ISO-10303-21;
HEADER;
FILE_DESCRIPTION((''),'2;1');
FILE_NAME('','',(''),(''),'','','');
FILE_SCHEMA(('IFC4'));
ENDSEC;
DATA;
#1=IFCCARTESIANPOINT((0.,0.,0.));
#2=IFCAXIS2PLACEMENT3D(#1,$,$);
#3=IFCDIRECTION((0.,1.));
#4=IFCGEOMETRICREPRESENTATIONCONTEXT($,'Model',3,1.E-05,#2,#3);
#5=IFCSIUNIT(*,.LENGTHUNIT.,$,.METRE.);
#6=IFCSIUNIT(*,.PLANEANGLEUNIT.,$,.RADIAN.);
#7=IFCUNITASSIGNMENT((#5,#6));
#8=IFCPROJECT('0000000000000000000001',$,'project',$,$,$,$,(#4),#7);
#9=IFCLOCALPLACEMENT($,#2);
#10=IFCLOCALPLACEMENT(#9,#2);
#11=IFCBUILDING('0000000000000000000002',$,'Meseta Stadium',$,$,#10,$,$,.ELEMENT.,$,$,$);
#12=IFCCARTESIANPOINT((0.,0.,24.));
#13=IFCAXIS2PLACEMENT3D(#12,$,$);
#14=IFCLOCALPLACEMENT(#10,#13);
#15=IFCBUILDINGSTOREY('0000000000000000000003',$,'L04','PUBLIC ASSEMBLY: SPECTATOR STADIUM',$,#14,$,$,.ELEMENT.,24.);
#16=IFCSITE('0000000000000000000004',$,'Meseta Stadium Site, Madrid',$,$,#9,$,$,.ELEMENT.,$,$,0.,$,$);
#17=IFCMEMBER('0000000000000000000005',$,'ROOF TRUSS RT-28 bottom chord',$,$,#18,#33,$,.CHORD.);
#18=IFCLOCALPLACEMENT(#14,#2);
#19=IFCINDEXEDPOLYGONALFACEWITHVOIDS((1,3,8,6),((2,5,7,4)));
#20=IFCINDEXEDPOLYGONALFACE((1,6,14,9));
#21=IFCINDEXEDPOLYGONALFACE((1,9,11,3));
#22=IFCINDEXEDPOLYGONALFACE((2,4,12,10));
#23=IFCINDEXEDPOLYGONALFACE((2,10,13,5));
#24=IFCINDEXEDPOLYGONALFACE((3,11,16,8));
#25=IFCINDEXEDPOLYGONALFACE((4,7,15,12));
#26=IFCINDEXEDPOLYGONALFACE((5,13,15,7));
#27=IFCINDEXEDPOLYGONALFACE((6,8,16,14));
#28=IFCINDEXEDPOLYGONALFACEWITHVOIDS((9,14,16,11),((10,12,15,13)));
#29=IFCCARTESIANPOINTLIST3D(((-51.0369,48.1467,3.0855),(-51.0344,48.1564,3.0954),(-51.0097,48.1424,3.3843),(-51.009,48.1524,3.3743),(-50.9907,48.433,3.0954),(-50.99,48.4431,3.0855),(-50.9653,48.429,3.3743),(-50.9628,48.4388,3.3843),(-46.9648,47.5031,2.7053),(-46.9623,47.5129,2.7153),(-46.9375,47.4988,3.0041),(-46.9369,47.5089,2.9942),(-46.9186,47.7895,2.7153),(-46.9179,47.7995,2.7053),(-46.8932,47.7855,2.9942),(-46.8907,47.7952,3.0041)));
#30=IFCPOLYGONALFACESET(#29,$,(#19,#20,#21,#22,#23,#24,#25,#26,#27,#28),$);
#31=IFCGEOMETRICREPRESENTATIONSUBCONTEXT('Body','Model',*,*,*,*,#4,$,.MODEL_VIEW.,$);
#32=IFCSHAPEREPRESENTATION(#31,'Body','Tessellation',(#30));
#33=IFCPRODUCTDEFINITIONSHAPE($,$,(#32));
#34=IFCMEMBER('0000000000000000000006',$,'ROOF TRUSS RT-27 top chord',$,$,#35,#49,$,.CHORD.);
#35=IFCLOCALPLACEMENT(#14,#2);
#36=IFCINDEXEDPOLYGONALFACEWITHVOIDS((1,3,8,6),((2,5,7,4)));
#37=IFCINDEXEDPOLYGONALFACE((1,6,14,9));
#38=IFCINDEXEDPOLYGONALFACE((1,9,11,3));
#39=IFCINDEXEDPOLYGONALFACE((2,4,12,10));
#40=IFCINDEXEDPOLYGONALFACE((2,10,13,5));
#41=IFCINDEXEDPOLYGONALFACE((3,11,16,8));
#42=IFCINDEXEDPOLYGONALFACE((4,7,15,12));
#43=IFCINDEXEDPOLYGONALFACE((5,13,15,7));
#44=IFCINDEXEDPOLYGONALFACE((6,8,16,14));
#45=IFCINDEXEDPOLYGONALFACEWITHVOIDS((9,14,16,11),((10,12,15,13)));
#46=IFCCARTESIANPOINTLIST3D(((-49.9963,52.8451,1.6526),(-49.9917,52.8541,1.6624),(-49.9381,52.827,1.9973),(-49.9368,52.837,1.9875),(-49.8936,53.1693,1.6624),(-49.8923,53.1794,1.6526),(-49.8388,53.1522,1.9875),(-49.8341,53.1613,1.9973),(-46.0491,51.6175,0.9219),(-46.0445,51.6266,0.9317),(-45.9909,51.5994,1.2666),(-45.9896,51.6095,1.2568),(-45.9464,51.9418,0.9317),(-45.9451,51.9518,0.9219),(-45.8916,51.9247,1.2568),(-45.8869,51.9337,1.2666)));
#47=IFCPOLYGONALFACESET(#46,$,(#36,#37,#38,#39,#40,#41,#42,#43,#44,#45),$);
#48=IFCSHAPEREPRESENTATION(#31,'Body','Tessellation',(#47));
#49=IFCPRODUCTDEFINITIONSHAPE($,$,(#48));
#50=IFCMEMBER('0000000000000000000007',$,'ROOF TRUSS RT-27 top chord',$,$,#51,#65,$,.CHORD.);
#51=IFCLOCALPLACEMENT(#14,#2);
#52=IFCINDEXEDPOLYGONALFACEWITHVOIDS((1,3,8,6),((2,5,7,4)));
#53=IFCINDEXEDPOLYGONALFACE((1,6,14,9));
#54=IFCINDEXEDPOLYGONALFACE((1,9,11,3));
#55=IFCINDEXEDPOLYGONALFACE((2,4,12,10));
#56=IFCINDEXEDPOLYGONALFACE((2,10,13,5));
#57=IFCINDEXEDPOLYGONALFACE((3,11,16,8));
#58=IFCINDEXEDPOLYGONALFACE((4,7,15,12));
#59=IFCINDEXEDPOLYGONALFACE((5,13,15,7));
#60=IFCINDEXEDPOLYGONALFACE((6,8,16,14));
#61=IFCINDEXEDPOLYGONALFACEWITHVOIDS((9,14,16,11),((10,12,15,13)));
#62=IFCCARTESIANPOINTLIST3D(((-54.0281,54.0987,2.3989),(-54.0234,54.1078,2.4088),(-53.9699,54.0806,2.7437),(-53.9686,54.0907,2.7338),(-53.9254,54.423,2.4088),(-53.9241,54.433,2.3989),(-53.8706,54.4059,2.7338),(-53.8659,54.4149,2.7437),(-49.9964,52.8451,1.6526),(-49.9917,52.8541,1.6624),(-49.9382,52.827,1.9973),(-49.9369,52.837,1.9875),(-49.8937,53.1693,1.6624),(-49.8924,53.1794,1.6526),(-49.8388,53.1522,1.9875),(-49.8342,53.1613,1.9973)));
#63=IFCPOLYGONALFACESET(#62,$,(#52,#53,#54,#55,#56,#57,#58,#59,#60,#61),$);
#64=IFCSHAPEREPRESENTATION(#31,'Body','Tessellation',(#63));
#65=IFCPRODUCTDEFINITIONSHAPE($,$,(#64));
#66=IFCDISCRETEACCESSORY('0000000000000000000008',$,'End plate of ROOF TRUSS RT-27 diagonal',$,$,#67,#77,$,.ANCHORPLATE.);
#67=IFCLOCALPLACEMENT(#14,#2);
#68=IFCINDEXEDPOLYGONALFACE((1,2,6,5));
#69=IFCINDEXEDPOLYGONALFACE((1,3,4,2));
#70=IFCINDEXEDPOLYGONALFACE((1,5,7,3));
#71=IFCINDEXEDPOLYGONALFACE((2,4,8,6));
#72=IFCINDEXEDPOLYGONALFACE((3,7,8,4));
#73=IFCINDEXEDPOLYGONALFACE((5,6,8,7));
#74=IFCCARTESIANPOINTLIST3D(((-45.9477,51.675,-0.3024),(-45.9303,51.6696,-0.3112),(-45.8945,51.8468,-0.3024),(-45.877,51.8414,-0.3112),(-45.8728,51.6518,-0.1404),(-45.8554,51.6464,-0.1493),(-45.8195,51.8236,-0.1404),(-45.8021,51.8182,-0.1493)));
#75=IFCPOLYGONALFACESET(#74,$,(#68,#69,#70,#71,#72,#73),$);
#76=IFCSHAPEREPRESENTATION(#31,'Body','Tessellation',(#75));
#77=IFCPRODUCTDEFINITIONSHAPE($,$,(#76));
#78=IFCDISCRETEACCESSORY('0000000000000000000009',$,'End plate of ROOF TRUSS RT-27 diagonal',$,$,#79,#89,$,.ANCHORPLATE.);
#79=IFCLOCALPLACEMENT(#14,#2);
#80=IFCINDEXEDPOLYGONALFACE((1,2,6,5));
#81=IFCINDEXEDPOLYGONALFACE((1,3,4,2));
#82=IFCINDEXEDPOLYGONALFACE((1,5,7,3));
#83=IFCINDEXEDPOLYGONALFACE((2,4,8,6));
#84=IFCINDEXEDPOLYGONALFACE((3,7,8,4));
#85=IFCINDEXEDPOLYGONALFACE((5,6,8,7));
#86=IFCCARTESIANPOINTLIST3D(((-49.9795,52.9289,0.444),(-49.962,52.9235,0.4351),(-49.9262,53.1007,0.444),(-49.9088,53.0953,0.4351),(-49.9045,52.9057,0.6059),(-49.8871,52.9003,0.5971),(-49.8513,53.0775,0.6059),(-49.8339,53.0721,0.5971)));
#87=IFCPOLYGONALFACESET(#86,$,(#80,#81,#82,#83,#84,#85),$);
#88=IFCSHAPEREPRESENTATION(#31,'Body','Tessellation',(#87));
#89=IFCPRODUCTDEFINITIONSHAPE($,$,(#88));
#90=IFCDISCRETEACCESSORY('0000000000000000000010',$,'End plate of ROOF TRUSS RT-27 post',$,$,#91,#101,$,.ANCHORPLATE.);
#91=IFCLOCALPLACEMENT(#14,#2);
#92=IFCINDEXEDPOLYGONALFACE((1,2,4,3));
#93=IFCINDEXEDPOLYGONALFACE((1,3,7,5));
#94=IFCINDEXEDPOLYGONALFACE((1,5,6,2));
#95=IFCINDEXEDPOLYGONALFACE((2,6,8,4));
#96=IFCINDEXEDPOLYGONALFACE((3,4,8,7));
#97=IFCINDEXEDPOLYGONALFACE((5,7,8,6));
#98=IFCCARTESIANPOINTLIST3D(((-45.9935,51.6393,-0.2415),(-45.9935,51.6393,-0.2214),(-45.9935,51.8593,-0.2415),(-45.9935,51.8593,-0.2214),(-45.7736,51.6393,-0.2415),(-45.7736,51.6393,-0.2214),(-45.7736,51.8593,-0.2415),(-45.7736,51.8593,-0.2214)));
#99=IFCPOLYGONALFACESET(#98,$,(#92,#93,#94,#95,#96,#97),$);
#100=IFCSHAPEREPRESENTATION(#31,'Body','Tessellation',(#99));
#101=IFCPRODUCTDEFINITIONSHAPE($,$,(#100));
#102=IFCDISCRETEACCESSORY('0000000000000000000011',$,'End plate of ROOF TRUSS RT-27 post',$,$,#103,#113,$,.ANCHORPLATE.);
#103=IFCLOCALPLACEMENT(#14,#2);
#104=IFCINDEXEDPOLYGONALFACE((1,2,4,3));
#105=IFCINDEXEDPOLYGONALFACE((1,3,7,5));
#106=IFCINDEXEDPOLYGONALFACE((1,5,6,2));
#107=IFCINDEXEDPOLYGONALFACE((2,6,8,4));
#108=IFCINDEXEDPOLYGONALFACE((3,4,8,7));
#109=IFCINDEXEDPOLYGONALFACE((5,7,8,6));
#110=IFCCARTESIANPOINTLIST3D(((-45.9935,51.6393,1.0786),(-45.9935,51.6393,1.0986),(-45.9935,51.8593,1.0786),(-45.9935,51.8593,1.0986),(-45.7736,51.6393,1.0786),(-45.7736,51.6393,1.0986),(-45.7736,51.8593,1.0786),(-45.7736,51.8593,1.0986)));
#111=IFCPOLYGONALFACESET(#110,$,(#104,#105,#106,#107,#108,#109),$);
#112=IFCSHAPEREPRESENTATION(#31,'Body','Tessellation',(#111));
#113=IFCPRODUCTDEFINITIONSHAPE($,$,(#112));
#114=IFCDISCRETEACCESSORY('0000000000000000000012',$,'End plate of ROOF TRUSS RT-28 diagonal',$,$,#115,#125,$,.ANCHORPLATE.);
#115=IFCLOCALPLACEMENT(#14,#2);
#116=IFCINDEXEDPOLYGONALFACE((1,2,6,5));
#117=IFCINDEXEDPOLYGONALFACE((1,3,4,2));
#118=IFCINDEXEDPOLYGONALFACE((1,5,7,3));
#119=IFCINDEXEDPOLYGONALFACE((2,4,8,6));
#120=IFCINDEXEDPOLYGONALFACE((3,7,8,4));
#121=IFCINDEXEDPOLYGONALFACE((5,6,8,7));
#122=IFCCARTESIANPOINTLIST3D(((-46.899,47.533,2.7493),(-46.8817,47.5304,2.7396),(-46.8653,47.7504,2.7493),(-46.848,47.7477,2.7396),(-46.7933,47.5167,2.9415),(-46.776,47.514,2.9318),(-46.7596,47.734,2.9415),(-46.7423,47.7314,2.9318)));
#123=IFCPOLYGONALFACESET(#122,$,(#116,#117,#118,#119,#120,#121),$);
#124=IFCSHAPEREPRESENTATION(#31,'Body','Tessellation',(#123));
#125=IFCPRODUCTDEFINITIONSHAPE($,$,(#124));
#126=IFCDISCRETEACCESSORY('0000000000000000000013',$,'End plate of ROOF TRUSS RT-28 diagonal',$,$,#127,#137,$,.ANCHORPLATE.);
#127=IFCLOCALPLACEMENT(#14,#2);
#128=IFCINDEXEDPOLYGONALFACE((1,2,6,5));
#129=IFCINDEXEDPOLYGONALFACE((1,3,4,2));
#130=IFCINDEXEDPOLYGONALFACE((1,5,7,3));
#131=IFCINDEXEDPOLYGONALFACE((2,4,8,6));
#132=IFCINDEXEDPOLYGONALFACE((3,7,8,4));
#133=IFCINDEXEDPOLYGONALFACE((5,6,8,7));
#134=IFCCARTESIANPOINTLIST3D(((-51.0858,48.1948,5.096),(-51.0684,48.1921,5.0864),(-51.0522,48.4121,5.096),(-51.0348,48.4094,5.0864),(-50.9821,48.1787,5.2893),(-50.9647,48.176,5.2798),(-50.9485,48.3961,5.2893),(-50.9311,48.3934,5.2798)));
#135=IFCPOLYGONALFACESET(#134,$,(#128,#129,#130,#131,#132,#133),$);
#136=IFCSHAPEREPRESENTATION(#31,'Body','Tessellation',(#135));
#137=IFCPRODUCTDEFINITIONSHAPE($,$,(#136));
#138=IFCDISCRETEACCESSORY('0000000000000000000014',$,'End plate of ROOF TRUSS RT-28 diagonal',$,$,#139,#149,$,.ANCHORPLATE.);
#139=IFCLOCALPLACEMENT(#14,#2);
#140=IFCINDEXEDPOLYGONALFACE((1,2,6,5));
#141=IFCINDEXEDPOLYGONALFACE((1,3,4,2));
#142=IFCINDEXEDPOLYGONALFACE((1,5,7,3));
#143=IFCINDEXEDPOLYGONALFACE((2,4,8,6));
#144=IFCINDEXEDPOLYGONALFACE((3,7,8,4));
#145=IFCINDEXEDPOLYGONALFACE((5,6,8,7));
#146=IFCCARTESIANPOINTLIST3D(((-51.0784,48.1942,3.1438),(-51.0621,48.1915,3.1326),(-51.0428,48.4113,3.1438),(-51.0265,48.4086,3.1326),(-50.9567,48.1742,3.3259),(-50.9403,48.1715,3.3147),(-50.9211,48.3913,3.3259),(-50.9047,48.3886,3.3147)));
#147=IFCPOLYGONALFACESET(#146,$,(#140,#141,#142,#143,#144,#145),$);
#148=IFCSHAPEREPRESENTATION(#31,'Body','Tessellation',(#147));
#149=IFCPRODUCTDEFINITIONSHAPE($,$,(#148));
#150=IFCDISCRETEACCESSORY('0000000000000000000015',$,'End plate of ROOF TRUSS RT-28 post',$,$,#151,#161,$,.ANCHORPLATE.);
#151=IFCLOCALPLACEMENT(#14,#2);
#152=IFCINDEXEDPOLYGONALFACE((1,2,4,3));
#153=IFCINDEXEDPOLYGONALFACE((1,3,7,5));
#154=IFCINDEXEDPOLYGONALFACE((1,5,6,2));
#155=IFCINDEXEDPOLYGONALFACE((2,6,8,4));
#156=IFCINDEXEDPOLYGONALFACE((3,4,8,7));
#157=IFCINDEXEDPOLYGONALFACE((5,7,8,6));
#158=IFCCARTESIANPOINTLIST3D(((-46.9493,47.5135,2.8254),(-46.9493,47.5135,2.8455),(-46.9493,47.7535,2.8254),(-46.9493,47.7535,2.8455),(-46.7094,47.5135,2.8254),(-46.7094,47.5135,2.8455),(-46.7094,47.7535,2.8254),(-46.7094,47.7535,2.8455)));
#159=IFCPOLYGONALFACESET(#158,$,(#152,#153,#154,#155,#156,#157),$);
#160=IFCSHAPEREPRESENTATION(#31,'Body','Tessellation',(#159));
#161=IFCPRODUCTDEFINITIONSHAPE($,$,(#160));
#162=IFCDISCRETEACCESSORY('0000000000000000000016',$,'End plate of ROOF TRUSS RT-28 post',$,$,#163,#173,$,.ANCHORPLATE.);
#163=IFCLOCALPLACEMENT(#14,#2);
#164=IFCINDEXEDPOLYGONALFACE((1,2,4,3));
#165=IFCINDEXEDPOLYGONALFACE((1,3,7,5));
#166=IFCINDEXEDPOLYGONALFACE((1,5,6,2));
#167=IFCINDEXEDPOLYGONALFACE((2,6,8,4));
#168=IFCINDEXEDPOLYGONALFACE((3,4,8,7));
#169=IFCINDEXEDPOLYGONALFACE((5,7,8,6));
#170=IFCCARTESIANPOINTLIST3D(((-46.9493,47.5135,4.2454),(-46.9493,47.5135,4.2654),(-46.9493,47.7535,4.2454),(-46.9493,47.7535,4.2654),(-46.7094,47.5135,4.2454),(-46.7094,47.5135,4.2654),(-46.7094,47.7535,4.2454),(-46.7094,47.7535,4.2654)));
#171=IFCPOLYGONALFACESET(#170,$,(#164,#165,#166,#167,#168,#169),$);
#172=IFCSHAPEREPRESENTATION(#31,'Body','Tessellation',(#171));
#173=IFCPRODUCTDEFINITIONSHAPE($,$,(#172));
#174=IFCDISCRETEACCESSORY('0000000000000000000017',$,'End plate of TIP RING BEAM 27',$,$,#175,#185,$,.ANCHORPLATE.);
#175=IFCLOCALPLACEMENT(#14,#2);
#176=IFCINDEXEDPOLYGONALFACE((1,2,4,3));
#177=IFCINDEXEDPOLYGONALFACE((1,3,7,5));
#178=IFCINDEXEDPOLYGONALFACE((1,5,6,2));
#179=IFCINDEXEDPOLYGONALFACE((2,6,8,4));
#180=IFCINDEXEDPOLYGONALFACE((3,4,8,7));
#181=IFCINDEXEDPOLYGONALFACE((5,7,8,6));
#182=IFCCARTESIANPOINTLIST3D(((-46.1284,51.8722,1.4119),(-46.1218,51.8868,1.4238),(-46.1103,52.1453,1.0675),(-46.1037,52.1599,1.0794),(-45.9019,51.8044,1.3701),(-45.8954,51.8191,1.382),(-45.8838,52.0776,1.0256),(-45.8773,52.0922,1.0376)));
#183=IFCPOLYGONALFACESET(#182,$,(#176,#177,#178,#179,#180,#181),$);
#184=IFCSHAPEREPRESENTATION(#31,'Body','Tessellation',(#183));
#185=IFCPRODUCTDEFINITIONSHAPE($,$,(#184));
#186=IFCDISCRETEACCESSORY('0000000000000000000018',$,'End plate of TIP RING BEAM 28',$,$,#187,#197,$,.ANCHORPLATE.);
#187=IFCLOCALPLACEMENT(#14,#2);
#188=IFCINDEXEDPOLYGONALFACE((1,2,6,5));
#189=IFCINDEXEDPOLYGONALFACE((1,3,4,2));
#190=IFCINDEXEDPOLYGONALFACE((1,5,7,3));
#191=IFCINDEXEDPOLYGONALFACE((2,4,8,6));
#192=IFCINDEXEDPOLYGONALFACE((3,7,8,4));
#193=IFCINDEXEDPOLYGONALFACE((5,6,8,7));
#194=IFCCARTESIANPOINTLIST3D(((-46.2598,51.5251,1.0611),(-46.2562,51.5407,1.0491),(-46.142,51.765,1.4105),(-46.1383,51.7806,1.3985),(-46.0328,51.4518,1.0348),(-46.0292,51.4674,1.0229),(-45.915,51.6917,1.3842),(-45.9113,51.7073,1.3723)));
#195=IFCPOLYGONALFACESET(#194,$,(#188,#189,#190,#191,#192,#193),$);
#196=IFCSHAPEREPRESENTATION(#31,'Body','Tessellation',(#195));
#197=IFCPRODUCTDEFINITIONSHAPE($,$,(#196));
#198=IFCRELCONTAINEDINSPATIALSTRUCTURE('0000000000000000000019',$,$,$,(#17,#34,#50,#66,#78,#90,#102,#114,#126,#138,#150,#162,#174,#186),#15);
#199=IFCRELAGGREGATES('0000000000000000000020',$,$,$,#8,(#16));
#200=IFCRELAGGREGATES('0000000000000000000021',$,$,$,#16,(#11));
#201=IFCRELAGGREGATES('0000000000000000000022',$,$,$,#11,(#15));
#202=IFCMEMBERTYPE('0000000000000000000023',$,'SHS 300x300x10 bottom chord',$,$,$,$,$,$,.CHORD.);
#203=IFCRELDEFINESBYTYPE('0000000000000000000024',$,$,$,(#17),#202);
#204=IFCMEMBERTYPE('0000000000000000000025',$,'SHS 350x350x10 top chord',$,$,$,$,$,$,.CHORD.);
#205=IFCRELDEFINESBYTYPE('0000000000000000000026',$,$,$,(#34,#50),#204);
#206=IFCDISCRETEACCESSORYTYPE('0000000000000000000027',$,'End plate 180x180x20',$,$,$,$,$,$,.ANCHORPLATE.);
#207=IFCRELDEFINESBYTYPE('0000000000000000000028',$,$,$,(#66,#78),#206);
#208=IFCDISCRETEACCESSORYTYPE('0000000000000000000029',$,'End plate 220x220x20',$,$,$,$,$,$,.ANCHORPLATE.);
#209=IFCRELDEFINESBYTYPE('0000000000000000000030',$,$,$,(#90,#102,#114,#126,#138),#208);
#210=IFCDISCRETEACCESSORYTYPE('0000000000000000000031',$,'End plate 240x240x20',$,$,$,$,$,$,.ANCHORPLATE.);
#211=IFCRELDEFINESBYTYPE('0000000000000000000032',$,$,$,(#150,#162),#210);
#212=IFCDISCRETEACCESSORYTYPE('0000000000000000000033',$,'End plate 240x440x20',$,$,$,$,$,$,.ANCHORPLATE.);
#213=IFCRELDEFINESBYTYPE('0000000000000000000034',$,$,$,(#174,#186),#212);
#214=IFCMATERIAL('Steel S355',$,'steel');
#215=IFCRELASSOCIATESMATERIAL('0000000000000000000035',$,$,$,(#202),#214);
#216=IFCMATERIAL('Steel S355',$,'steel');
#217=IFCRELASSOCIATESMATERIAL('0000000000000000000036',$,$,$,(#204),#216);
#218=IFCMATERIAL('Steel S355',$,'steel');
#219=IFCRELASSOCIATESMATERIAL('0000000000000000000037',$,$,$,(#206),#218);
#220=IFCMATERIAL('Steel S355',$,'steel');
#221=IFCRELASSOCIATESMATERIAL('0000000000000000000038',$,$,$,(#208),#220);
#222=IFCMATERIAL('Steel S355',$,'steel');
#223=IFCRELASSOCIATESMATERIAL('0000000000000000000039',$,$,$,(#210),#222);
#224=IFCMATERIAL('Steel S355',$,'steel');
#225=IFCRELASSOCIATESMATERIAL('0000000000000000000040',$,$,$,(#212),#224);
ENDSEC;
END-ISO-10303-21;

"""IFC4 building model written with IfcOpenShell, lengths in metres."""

from ifc_helpers import new_model, si_unit, direction, frame, origin, origin_2d, place, context, subcontext, project, spatial, rectangle, hollow_rectangle, extrude, material, material_profile, profile_set, type_object, element, save


model = new_model("IFC4")

# Units and contexts
model_context = context("Model", 3, precision=1e-05, world=origin(), true_north=direction((0.0, 1.0)))
body_context = subcontext(model_context, "Body", "Model", "MODEL_VIEW")
ifc_project = project(units=[si_unit("LENGTHUNIT", "METRE"), si_unit("PLANEANGLEUNIT", "RADIAN")], contexts=[model_context])

# Site, building, storey
site_placement = place(None, origin())
site = spatial("IfcSite", under=ifc_project, at=site_placement, Name="Meseta Stadium Site, Madrid", CompositionType="ELEMENT", RefElevation=0.0)
building_placement = place(site_placement, origin())
building = spatial("IfcBuilding", under=site, at=building_placement, Name="Meseta Stadium", CompositionType="ELEMENT")
storey_placement = place(building_placement, frame((0.0, 0.0, 24.0)))
storey = spatial("IfcBuildingStorey", under=building, at=storey_placement, Name="L04", Description="PUBLIC ASSEMBLY: SPECTATOR STADIUM", CompositionType="ELEMENT", Elevation=24.0)

# Members
ifc_material_1 = material(Name="Steel S355", Category="steel")
ifc_material_profile_1 = material_profile(ifc_material_1, hollow_rectangle(XDim=0.3, YDim=0.3, WallThickness=0.01, at=origin_2d()), Name="SHS 300x300x10")
ifc_profile_set_1 = profile_set([ifc_material_profile_1], Name="Steel S355")
member_type_1 = type_object("IfcMemberType", Name="SHS 300x300x10 bottom chord", PredefinedType="CHORD", material=ifc_profile_set_1)
member_1_placement = place(storey_placement, frame((-46.9277, 47.6492, 2.8547), z_axis=(-0.983568, 0.155446, 0.091817), x_axis=(-0.156106, -0.98774, 0.0)))
element("IfcMember", 1, at=member_1_placement, inside=storey, type_object=member_type_1, Name="ROOF TRUSS RT-28 bottom chord", PredefinedType="CHORD", context=body_context, shape_type="SweptSolid", body=[
    extrude(hollow_rectangle(XDim=0.3, YDim=0.3, WallThickness=0.01, at=origin_2d()), origin(), (0.0, 0.0, 1.0), 4.1401),
])
ifc_material_2 = material(Name="Steel S355", Category="steel")
ifc_material_profile_2 = material_profile(ifc_material_2, hollow_rectangle(XDim=0.3501, YDim=0.3501, WallThickness=0.01, at=origin_2d()), Name="SHS 350x350x10")
ifc_profile_set_2 = profile_set([ifc_material_profile_2], Name="Steel S355")
member_type_2 = type_object("IfcMemberType", Name="SHS 350x350x10 top chord", PredefinedType="CHORD", material=ifc_profile_set_2)
member_2_placement = place(storey_placement, frame((-45.968, 51.7756, 1.0942), z_axis=(-0.940313, 0.292423, 0.17407), x_axis=(-0.296956, -0.954891, 0.0)))
element("IfcMember", 2, at=member_2_placement, inside=storey, type_object=member_type_2, Name="ROOF TRUSS RT-27 top chord", PredefinedType="CHORD", context=body_context, shape_type="SweptSolid", body=[
    extrude(hollow_rectangle(XDim=0.3501, YDim=0.3501, WallThickness=0.01, at=origin_2d()), origin(), (0.0, 0.0, 1.0), 4.1978),
])
member_3_placement = place(storey_placement, frame((-49.9153, 53.0032, 1.825), z_axis=(-0.940323, 0.292392, 0.174068), x_axis=(-0.296925, -0.954901, 0.0)))
element("IfcMember", 3, at=member_3_placement, inside=storey, type_object=member_type_2, Name="ROOF TRUSS RT-27 top chord", PredefinedType="CHORD", context=body_context, shape_type="SweptSolid", body=[
    extrude(hollow_rectangle(XDim=0.3501, YDim=0.3501, WallThickness=0.01, at=origin_2d()), origin(), (0.0, 0.0, 1.0), 4.2876),
])

# Discrete accessories
ifc_material_3 = material(Name="Steel S355", Category="steel")
ifc_material_profile_3 = material_profile(ifc_material_3, rectangle(XDim=0.1799, YDim=0.1799, at=origin_2d()), Name="PL 180x180")
ifc_profile_set_3 = profile_set([ifc_material_profile_3], Name="Steel S355")
discrete_accessory_type_1 = type_object("IfcDiscreteAccessoryType", Name="End plate 180x180x20", PredefinedType="ANCHORPLATE", material=ifc_profile_set_3)
for number, where, z_axis, x_axis, name in (
    (4, (-45.8662, 51.7439, -0.2302), (-0.859675, 0.266378, 0.435892), (-0.295976, -0.955195, 0.0), "End plate of ROOF TRUSS RT-27 diagonal"),
    (5, (-49.8979, 52.9978, 0.5161), (-0.859675, 0.266378, 0.435892), (-0.295976, -0.955195, 0.0), "End plate of ROOF TRUSS RT-27 diagonal"),
):
    element("IfcDiscreteAccessory", number, at=place(storey_placement, frame(where, z_axis=z_axis, x_axis=x_axis)), inside=storey, type_object=discrete_accessory_type_1, Name=name, PredefinedType="ANCHORPLATE", context=body_context, shape_type="SweptSolid", body=[
        extrude(rectangle(XDim=0.1799, YDim=0.1799, at=origin_2d()), origin(), (0.0, 0.0, 1.0), 0.0203),
    ])
ifc_material_4 = material(Name="Steel S355", Category="steel")
ifc_material_profile_4 = material_profile(ifc_material_4, rectangle(XDim=0.22, YDim=0.22, at=origin_2d()), Name="PL 220x220")
ifc_profile_set_4 = profile_set([ifc_material_profile_4], Name="Steel S355")
discrete_accessory_type_2 = type_object("IfcDiscreteAccessoryType", Name="End plate 220x220x20", PredefinedType="ANCHORPLATE", material=ifc_profile_set_4)
for number, where, z_axis, x_axis, name in (
    (6, (-45.8835, 51.7493, -0.2415), (0.0, 0.0, 1.0), (1.0, 0.0, 0.0), "End plate of ROOF TRUSS RT-27 post"),
    (7, (-45.8835, 51.7493, 1.0786), (0.0, 0.0, 1.0), (1.0, 0.0, 0.0), "End plate of ROOF TRUSS RT-27 post"),
    (8, (-46.812, 47.6309, 2.8357), (-0.863417, 0.133769, 0.486432), (-0.153103, -0.98821, 0.0), "End plate of ROOF TRUSS RT-28 diagonal"),
    (9, (-50.9998, 48.2927, 5.1831), (-0.868506, 0.134557, 0.477066), (-0.153103, -0.98821, 0.0), "End plate of ROOF TRUSS RT-28 diagonal"),
    (10, (-50.9834, 48.29, 3.2236), (-0.816952, 0.134126, 0.560892), (-0.16201, -0.986789, 0.0), "End plate of ROOF TRUSS RT-28 diagonal"),
):
    element("IfcDiscreteAccessory", number, at=place(storey_placement, frame(where, z_axis=z_axis, x_axis=x_axis)), inside=storey, type_object=discrete_accessory_type_2, Name=name, PredefinedType="ANCHORPLATE", context=body_context, shape_type="SweptSolid", body=[
        extrude(rectangle(XDim=0.22, YDim=0.22, at=origin_2d()), origin(), (0.0, 0.0, 1.0), 0.02),
    ])
ifc_material_5 = material(Name="Steel S355", Category="steel")
ifc_material_profile_5 = material_profile(ifc_material_5, rectangle(XDim=0.24, YDim=0.24, at=origin_2d()), Name="PL 240x240")
ifc_profile_set_5 = profile_set([ifc_material_profile_5], Name="Steel S355")
discrete_accessory_type_3 = type_object("IfcDiscreteAccessoryType", Name="End plate 240x240x20", PredefinedType="ANCHORPLATE", material=ifc_profile_set_5)
for number, where, z_axis, x_axis, name in (
    (11, (-46.8293, 47.6335, 2.8254), (0.0, 0.0, 1.0), (1.0, 0.0, 0.0), "End plate of ROOF TRUSS RT-28 post"),
    (12, (-46.8293, 47.6335, 4.2454), (0.0, 0.0, 1.0), (1.0, 0.0, 0.0), "End plate of ROOF TRUSS RT-28 post"),
):
    element("IfcDiscreteAccessory", number, at=place(storey_placement, frame(where, z_axis=z_axis, x_axis=x_axis)), inside=storey, type_object=discrete_accessory_type_3, Name=name, PredefinedType="ANCHORPLATE", context=body_context, shape_type="SweptSolid", body=[
        extrude(rectangle(XDim=0.24, YDim=0.24, at=origin_2d()), origin(), (0.0, 0.0, 1.0), 0.02),
    ])
ifc_material_6 = material(Name="Steel S355", Category="steel")
ifc_material_profile_6 = material_profile(ifc_material_6, rectangle(XDim=0.24, YDim=0.4399, at=origin_2d()), Name="PL 240x440")
ifc_profile_set_6 = profile_set([ifc_material_profile_6], Name="Steel S355")
discrete_accessory_type_4 = type_object("IfcDiscreteAccessoryType", Name="End plate 240x440x20", PredefinedType="ANCHORPLATE", material=ifc_profile_set_6)
for number, where, z_axis, x_axis, name in (
    (13, (-45.9995, 51.9895, 1.2307), (-0.329121, -0.731381, -0.597295), (0.943391, -0.282234, -0.174235), "End plate of TIP RING BEAM 27"),
    (14, (-46.0837, 51.624, 1.2107), (-0.182954, -0.780604, 0.59765), (0.945899, -0.305458, -0.109405), "End plate of TIP RING BEAM 28"),
):
    element("IfcDiscreteAccessory", number, at=place(storey_placement, frame(where, z_axis=z_axis, x_axis=x_axis)), inside=storey, type_object=discrete_accessory_type_4, Name=name, PredefinedType="ANCHORPLATE", context=body_context, shape_type="SweptSolid", body=[
        extrude(rectangle(XDim=0.24, YDim=0.4399, at=origin_2d()), origin(), (0.0, 0.0, 1.0), 0.02),
    ])

save(model, "model.ifc")
